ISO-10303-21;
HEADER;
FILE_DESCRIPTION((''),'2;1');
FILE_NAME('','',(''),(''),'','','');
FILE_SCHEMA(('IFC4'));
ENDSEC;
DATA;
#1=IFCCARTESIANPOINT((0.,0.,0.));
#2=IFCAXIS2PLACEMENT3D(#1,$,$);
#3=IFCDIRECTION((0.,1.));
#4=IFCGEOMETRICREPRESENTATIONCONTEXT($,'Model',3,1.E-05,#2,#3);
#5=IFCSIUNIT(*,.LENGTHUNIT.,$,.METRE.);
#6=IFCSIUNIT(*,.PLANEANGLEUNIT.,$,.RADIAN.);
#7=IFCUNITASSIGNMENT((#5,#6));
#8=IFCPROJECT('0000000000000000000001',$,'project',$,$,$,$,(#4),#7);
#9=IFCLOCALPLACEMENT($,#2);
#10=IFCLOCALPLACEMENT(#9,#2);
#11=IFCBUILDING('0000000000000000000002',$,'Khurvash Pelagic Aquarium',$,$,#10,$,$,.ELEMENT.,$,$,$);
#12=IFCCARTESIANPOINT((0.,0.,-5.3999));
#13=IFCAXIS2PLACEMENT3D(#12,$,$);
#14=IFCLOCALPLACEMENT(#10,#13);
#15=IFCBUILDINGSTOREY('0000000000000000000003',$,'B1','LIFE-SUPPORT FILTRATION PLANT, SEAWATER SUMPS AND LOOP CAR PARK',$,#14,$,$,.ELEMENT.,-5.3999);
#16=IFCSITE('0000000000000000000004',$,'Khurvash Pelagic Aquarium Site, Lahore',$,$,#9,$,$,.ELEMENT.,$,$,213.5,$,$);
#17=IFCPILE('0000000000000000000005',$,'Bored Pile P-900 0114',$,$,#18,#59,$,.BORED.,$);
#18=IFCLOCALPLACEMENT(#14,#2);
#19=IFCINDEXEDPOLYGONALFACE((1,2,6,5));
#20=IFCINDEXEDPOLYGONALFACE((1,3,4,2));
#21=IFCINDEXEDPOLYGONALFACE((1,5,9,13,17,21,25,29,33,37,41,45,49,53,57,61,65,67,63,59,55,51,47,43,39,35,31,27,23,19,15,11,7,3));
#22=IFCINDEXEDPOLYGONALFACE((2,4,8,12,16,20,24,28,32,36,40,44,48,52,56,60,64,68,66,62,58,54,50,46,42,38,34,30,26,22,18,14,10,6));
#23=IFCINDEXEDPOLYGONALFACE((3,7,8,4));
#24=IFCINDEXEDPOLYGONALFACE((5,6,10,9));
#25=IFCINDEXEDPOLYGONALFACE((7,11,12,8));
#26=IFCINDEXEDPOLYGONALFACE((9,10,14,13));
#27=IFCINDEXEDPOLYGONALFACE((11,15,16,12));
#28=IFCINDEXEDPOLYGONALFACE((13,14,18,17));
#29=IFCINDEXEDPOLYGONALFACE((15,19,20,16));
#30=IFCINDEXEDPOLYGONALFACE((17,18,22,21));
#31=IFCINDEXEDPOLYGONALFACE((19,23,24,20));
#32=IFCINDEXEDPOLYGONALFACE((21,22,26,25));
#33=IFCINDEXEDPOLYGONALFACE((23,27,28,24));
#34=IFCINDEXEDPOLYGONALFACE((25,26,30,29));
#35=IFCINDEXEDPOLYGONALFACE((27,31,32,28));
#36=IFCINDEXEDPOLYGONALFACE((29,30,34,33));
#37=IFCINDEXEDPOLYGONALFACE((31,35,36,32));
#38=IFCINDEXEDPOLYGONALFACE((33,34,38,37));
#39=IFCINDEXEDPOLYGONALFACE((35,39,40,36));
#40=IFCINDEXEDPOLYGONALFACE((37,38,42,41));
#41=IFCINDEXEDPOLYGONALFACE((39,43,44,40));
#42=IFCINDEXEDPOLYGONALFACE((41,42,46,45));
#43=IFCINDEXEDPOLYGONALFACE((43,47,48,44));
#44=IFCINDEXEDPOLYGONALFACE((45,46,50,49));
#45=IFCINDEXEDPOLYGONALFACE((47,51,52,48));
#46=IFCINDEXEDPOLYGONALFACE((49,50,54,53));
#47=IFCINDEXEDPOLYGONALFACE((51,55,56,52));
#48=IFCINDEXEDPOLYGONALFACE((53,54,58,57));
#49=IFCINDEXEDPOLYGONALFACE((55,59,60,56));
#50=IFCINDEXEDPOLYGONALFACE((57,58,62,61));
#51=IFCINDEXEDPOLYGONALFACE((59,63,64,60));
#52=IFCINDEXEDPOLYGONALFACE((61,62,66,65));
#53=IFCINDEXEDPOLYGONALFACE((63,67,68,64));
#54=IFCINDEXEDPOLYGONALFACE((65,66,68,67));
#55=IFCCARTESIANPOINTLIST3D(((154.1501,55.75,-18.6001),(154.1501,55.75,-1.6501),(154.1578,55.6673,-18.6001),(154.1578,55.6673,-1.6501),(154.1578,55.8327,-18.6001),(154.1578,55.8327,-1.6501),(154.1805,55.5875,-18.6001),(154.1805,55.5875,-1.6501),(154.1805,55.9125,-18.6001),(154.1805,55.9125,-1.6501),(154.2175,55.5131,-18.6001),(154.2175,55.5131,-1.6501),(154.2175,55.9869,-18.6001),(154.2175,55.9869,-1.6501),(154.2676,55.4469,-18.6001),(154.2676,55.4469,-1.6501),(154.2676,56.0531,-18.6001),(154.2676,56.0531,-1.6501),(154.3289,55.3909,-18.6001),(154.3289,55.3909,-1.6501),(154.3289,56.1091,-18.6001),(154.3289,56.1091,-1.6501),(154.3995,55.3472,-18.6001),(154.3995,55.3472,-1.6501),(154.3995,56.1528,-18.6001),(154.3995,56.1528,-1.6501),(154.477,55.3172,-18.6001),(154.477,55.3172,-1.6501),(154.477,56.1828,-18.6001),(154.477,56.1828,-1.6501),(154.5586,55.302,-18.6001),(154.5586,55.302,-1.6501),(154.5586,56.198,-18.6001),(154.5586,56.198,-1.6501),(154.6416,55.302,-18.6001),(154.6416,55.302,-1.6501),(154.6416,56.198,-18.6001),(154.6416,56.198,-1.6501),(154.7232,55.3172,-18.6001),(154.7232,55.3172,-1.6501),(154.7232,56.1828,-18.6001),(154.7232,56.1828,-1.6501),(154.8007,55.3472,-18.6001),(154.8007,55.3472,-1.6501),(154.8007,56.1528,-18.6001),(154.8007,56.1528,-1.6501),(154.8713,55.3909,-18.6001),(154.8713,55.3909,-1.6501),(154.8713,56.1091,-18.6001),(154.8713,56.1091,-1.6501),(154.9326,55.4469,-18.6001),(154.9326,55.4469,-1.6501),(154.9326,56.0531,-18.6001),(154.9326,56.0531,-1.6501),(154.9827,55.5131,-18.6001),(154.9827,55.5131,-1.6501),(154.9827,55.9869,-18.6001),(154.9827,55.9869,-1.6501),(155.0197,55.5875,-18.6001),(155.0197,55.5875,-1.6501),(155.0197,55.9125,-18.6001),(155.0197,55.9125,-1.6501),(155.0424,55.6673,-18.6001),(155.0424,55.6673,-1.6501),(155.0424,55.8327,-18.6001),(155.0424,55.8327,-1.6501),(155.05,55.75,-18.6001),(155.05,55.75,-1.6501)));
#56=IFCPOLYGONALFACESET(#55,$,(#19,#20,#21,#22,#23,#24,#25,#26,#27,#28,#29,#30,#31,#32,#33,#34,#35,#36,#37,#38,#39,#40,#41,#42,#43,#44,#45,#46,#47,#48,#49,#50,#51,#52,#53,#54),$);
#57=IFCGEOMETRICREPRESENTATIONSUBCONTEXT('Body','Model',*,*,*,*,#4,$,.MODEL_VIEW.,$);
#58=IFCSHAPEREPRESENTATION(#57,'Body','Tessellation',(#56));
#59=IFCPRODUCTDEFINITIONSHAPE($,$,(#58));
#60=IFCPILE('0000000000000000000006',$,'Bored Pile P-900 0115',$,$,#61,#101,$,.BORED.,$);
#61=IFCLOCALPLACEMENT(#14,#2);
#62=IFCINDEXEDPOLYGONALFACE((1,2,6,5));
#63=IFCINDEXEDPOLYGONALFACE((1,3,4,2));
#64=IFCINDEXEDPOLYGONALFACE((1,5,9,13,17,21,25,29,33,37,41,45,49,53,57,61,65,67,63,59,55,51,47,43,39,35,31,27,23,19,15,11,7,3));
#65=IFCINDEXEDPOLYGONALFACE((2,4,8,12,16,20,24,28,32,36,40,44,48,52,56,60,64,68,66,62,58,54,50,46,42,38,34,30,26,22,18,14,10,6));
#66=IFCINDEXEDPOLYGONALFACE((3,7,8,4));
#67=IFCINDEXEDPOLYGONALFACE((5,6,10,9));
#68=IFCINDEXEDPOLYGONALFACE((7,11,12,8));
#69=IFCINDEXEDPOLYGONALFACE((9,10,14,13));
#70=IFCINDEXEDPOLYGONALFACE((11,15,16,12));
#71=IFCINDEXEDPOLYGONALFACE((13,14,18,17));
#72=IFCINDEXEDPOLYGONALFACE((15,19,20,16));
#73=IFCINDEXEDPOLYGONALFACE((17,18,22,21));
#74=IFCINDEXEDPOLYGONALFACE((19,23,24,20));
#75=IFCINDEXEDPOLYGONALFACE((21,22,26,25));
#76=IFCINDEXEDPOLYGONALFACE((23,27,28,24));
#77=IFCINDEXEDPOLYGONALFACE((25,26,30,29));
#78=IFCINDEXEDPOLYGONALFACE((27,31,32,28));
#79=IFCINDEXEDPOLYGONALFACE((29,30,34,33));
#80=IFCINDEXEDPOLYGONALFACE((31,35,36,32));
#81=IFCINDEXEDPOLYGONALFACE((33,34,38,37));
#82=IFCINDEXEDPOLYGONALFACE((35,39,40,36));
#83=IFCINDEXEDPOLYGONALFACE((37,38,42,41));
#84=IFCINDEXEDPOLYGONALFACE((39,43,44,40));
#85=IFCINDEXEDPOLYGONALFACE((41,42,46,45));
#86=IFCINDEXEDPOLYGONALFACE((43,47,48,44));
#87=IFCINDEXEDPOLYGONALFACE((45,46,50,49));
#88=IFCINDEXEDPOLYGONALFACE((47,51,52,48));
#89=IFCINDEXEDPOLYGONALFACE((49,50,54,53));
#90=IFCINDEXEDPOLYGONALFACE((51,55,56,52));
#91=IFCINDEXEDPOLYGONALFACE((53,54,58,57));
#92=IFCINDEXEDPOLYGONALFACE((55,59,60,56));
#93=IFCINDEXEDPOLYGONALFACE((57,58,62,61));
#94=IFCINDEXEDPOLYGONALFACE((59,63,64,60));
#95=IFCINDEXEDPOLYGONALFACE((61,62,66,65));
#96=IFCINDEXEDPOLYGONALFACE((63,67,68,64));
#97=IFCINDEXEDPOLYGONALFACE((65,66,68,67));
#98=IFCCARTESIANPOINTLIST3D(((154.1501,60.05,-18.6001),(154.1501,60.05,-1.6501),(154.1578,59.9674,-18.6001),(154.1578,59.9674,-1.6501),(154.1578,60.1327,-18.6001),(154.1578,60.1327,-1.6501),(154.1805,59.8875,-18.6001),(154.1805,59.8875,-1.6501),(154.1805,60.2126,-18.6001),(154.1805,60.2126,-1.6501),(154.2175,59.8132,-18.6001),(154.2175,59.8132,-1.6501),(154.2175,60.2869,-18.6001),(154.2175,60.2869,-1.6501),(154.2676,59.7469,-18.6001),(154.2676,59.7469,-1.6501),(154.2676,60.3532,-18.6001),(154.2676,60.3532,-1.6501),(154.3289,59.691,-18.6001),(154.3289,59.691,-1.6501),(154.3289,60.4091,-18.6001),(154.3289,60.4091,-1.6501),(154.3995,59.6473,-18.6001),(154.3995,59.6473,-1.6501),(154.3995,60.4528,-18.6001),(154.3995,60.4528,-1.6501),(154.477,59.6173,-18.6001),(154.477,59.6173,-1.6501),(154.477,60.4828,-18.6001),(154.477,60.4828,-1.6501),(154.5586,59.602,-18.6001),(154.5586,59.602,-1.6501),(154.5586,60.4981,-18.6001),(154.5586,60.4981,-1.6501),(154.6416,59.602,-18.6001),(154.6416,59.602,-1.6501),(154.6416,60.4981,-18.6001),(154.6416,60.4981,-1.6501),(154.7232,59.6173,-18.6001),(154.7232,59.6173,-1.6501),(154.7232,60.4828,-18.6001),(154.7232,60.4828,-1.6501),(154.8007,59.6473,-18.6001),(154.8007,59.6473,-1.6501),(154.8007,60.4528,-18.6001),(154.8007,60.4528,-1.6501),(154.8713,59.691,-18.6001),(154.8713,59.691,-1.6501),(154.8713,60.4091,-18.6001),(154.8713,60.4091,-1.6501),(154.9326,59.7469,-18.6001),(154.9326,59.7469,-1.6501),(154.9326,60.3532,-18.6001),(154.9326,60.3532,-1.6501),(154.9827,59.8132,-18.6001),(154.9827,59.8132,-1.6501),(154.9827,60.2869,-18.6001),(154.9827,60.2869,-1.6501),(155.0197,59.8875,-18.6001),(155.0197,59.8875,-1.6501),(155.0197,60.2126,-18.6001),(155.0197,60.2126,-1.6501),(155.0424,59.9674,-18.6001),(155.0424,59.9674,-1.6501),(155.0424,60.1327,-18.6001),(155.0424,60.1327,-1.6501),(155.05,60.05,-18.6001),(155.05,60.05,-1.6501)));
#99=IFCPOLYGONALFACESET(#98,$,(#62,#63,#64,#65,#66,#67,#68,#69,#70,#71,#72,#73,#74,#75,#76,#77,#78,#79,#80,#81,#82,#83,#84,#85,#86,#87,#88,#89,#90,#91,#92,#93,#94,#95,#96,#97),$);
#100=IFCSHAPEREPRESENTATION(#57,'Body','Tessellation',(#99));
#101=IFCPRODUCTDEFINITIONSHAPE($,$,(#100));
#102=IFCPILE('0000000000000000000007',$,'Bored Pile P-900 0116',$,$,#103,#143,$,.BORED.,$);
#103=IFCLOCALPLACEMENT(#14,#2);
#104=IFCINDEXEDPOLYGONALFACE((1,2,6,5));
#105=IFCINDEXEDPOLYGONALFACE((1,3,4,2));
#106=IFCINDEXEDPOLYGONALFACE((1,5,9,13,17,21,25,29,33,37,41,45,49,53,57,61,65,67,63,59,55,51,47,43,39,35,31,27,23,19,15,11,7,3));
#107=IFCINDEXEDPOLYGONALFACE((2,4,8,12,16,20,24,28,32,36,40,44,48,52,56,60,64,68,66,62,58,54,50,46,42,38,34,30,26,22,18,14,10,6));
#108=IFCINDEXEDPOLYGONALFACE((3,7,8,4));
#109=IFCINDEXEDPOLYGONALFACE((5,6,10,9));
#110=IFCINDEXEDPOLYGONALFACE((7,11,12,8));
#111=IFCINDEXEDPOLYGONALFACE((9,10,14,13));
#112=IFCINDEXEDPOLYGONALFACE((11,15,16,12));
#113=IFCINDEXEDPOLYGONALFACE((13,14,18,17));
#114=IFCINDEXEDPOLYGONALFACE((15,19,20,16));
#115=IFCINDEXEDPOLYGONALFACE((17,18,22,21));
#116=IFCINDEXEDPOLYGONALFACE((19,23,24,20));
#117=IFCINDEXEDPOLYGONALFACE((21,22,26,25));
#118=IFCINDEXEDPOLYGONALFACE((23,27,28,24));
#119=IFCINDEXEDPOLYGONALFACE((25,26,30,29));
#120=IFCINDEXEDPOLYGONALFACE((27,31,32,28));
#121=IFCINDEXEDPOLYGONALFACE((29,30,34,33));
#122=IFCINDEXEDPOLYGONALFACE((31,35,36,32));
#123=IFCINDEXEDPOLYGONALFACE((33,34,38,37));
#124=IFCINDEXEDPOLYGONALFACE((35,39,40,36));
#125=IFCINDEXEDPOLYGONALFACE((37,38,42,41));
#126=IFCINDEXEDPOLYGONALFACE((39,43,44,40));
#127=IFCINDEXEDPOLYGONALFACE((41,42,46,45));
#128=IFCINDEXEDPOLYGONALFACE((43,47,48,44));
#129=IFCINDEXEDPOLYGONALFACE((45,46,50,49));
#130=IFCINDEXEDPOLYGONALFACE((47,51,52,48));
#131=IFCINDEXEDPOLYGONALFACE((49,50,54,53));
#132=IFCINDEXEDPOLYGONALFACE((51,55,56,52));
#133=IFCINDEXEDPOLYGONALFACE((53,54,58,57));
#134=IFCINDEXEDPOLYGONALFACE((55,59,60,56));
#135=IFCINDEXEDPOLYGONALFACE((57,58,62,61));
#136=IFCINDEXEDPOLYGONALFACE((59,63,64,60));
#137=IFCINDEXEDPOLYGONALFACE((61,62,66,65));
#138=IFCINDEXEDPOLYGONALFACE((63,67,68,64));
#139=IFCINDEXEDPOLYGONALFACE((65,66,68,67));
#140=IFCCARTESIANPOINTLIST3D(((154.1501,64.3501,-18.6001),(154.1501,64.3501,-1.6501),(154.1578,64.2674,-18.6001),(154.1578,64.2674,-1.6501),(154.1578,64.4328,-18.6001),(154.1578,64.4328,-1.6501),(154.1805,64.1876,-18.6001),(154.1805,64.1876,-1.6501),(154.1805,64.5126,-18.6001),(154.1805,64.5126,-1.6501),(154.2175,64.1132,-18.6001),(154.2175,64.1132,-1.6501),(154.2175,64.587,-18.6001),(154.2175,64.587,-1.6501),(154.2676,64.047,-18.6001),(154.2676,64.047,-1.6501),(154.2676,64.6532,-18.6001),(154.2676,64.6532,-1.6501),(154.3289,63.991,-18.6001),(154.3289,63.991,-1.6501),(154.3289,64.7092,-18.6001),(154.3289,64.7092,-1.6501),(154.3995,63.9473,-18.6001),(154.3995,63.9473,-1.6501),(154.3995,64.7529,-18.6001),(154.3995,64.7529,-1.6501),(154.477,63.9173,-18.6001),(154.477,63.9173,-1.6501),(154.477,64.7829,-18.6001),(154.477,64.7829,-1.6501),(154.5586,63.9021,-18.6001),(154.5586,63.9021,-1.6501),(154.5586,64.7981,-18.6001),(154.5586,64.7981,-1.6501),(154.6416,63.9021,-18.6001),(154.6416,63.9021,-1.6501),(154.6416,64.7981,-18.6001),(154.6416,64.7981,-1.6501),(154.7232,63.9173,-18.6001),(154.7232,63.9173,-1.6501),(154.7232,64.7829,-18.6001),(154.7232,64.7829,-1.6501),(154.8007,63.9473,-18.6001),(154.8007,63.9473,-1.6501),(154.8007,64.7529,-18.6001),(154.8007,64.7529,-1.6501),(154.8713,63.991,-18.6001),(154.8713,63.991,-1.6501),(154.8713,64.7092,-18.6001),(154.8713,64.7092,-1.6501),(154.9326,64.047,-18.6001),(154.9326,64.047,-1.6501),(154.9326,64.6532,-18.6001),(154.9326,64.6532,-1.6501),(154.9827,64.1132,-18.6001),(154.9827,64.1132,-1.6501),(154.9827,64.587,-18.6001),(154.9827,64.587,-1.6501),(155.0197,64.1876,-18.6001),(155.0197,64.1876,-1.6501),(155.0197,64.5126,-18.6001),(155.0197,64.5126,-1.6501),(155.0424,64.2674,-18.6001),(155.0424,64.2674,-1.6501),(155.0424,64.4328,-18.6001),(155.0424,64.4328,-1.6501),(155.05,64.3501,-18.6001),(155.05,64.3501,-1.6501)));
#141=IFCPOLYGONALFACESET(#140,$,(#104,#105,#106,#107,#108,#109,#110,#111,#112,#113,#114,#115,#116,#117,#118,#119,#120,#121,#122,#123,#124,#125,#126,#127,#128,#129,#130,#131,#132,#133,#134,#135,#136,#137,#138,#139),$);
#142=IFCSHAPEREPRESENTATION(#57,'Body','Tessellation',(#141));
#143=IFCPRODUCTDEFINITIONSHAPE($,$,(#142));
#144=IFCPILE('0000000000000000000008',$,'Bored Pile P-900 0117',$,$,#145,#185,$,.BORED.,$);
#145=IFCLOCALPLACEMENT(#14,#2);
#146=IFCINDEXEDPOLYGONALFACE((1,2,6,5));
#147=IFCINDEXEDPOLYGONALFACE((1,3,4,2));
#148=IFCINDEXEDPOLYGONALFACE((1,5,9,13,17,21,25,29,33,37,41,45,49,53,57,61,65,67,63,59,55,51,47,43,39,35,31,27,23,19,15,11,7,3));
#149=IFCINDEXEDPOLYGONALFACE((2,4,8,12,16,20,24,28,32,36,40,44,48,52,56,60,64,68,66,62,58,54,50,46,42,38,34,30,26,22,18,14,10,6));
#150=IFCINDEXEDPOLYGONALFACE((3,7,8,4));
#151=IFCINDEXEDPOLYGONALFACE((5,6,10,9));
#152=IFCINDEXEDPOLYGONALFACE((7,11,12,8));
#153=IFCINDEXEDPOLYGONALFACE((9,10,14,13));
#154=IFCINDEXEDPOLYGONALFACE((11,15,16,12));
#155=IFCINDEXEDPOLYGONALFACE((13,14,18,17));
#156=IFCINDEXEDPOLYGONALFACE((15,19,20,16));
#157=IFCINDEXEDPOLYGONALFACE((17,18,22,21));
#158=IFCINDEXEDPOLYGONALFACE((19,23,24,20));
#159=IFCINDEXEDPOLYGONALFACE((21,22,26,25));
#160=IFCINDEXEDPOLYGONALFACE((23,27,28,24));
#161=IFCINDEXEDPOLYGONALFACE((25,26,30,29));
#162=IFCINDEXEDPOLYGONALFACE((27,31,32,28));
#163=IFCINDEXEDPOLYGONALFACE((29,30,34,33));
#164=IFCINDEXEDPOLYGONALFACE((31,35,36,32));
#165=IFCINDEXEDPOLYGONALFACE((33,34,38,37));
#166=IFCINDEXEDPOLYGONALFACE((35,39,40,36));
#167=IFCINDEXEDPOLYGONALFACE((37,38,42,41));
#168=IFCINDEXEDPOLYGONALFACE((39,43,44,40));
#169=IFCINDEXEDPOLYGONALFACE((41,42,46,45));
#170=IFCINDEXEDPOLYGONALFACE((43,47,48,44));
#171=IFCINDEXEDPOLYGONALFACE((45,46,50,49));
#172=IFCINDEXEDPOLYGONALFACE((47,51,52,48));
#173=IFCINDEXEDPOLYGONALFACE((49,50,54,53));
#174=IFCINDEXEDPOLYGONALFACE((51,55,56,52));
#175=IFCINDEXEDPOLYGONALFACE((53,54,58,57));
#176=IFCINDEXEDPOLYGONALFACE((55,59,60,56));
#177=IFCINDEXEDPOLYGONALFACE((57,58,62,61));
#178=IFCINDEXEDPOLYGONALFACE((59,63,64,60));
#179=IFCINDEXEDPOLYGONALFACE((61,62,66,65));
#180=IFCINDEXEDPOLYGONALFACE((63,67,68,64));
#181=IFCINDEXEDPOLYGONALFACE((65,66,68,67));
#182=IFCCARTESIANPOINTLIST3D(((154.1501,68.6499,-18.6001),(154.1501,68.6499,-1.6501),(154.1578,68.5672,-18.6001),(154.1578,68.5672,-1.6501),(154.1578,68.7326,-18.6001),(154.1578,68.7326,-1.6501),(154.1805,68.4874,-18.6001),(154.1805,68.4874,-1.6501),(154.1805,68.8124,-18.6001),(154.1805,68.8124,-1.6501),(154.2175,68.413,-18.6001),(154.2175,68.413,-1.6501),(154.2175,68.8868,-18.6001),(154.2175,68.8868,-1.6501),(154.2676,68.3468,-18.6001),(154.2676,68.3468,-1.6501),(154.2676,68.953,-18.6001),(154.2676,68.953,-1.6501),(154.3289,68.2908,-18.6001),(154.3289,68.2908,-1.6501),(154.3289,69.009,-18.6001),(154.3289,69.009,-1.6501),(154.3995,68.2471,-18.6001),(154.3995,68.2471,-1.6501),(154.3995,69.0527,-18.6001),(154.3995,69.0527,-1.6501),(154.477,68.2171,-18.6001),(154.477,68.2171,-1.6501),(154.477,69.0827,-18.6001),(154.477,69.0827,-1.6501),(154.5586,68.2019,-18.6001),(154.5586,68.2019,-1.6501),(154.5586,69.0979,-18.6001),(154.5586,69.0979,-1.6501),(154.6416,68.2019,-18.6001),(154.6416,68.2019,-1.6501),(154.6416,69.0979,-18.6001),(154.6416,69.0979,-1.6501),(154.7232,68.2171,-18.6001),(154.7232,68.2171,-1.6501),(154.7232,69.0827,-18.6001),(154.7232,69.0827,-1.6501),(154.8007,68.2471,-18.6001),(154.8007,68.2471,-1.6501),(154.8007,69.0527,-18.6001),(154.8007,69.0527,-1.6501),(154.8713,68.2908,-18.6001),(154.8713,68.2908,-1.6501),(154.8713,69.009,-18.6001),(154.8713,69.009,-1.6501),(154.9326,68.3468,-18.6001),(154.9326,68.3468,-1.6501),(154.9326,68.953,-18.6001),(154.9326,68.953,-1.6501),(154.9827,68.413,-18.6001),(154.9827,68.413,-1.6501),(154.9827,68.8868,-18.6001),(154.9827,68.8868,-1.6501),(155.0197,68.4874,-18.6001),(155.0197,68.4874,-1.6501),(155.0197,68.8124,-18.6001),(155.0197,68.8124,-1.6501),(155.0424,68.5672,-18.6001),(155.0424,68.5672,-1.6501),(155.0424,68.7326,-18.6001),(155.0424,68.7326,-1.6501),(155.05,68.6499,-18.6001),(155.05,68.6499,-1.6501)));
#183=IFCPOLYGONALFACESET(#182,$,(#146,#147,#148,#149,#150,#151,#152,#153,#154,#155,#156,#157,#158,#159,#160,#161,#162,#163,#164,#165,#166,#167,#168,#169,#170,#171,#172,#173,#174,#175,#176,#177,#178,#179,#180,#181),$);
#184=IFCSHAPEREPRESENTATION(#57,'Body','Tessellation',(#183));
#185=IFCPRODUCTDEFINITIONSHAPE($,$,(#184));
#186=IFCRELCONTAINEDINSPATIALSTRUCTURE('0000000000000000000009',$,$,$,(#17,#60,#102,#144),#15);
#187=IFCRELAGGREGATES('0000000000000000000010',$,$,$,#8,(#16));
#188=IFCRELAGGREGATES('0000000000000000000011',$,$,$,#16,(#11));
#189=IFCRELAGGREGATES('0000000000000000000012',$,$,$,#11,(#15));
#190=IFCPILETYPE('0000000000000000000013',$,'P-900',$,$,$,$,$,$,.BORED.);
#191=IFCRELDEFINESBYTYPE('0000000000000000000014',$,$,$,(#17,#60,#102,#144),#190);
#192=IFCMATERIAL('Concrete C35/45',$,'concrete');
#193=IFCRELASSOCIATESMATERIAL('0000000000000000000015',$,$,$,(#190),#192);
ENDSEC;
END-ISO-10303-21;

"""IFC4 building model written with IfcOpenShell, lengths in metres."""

from ifc_helpers import new_model, si_unit, direction, frame, origin, origin_2d, place, context, subcontext, project, spatial, circle, extrude, material, material_profile, profile_set, type_object, element, save


model = new_model("IFC4")

# Units and contexts
model_context = context("Model", 3, precision=1e-05, world=origin(), true_north=direction((0.0, 1.0)))
body_context = subcontext(model_context, "Body", "Model", "MODEL_VIEW")
ifc_project = project(units=[si_unit("LENGTHUNIT", "METRE"), si_unit("PLANEANGLEUNIT", "RADIAN")], contexts=[model_context])

# Site, building, storey
site_placement = place(None, origin())
site = spatial("IfcSite", under=ifc_project, at=site_placement, Name="Khurvash Pelagic Aquarium Site, Lahore", CompositionType="ELEMENT", RefElevation=213.5)
building_placement = place(site_placement, origin())
building = spatial("IfcBuilding", under=site, at=building_placement, Name="Khurvash Pelagic Aquarium", CompositionType="ELEMENT")
storey_placement = place(building_placement, frame((0.0, 0.0, -5.3999)))
storey = spatial("IfcBuildingStorey", under=building, at=storey_placement, Name="B1", Description="LIFE-SUPPORT FILTRATION PLANT, SEAWATER SUMPS AND LOOP CAR PARK", CompositionType="ELEMENT", Elevation=-5.3999)

# Piles
ifc_material_1 = material(Name="Concrete C35/45", Category="concrete")
ifc_material_profile_1 = material_profile(ifc_material_1, circle(Radius=0.45, at=origin_2d()), Name="PILE900")
ifc_profile_set_1 = profile_set([ifc_material_profile_1], Name="Concrete C35/45")
pile_type = type_object("IfcPileType", Name="P-900", PredefinedType="BORED", material=ifc_profile_set_1)
for number, where, z_axis, x_axis, name in (
    (1, (154.6001, 55.75, -1.6501), (0.0, 0.0, -1.0), (1.0, 0.0, 0.0), "Bored Pile P-900 0114"),
    (2, (154.6001, 60.05, -1.6501), (0.0, 0.0, -1.0), (1.0, 0.0, 0.0), "Bored Pile P-900 0115"),
    (3, (154.6001, 64.3501, -1.6501), (0.0, 0.0, -1.0), (1.0, 0.0, 0.0), "Bored Pile P-900 0116"),
    (4, (154.6001, 68.6499, -1.6501), (0.0, 0.0, -1.0), (1.0, 0.0, 0.0), "Bored Pile P-900 0117"),
):
    element("IfcPile", number, at=place(storey_placement, frame(where, z_axis=z_axis, x_axis=x_axis)), inside=storey, type_object=pile_type, Name=name, PredefinedType="BORED", context=body_context, shape_type="SweptSolid", body=[
        extrude(circle(Radius=0.45, at=origin_2d()), origin(), (0.0, 0.0, 1.0), 16.95),
    ])

save(model, "model.ifc")
